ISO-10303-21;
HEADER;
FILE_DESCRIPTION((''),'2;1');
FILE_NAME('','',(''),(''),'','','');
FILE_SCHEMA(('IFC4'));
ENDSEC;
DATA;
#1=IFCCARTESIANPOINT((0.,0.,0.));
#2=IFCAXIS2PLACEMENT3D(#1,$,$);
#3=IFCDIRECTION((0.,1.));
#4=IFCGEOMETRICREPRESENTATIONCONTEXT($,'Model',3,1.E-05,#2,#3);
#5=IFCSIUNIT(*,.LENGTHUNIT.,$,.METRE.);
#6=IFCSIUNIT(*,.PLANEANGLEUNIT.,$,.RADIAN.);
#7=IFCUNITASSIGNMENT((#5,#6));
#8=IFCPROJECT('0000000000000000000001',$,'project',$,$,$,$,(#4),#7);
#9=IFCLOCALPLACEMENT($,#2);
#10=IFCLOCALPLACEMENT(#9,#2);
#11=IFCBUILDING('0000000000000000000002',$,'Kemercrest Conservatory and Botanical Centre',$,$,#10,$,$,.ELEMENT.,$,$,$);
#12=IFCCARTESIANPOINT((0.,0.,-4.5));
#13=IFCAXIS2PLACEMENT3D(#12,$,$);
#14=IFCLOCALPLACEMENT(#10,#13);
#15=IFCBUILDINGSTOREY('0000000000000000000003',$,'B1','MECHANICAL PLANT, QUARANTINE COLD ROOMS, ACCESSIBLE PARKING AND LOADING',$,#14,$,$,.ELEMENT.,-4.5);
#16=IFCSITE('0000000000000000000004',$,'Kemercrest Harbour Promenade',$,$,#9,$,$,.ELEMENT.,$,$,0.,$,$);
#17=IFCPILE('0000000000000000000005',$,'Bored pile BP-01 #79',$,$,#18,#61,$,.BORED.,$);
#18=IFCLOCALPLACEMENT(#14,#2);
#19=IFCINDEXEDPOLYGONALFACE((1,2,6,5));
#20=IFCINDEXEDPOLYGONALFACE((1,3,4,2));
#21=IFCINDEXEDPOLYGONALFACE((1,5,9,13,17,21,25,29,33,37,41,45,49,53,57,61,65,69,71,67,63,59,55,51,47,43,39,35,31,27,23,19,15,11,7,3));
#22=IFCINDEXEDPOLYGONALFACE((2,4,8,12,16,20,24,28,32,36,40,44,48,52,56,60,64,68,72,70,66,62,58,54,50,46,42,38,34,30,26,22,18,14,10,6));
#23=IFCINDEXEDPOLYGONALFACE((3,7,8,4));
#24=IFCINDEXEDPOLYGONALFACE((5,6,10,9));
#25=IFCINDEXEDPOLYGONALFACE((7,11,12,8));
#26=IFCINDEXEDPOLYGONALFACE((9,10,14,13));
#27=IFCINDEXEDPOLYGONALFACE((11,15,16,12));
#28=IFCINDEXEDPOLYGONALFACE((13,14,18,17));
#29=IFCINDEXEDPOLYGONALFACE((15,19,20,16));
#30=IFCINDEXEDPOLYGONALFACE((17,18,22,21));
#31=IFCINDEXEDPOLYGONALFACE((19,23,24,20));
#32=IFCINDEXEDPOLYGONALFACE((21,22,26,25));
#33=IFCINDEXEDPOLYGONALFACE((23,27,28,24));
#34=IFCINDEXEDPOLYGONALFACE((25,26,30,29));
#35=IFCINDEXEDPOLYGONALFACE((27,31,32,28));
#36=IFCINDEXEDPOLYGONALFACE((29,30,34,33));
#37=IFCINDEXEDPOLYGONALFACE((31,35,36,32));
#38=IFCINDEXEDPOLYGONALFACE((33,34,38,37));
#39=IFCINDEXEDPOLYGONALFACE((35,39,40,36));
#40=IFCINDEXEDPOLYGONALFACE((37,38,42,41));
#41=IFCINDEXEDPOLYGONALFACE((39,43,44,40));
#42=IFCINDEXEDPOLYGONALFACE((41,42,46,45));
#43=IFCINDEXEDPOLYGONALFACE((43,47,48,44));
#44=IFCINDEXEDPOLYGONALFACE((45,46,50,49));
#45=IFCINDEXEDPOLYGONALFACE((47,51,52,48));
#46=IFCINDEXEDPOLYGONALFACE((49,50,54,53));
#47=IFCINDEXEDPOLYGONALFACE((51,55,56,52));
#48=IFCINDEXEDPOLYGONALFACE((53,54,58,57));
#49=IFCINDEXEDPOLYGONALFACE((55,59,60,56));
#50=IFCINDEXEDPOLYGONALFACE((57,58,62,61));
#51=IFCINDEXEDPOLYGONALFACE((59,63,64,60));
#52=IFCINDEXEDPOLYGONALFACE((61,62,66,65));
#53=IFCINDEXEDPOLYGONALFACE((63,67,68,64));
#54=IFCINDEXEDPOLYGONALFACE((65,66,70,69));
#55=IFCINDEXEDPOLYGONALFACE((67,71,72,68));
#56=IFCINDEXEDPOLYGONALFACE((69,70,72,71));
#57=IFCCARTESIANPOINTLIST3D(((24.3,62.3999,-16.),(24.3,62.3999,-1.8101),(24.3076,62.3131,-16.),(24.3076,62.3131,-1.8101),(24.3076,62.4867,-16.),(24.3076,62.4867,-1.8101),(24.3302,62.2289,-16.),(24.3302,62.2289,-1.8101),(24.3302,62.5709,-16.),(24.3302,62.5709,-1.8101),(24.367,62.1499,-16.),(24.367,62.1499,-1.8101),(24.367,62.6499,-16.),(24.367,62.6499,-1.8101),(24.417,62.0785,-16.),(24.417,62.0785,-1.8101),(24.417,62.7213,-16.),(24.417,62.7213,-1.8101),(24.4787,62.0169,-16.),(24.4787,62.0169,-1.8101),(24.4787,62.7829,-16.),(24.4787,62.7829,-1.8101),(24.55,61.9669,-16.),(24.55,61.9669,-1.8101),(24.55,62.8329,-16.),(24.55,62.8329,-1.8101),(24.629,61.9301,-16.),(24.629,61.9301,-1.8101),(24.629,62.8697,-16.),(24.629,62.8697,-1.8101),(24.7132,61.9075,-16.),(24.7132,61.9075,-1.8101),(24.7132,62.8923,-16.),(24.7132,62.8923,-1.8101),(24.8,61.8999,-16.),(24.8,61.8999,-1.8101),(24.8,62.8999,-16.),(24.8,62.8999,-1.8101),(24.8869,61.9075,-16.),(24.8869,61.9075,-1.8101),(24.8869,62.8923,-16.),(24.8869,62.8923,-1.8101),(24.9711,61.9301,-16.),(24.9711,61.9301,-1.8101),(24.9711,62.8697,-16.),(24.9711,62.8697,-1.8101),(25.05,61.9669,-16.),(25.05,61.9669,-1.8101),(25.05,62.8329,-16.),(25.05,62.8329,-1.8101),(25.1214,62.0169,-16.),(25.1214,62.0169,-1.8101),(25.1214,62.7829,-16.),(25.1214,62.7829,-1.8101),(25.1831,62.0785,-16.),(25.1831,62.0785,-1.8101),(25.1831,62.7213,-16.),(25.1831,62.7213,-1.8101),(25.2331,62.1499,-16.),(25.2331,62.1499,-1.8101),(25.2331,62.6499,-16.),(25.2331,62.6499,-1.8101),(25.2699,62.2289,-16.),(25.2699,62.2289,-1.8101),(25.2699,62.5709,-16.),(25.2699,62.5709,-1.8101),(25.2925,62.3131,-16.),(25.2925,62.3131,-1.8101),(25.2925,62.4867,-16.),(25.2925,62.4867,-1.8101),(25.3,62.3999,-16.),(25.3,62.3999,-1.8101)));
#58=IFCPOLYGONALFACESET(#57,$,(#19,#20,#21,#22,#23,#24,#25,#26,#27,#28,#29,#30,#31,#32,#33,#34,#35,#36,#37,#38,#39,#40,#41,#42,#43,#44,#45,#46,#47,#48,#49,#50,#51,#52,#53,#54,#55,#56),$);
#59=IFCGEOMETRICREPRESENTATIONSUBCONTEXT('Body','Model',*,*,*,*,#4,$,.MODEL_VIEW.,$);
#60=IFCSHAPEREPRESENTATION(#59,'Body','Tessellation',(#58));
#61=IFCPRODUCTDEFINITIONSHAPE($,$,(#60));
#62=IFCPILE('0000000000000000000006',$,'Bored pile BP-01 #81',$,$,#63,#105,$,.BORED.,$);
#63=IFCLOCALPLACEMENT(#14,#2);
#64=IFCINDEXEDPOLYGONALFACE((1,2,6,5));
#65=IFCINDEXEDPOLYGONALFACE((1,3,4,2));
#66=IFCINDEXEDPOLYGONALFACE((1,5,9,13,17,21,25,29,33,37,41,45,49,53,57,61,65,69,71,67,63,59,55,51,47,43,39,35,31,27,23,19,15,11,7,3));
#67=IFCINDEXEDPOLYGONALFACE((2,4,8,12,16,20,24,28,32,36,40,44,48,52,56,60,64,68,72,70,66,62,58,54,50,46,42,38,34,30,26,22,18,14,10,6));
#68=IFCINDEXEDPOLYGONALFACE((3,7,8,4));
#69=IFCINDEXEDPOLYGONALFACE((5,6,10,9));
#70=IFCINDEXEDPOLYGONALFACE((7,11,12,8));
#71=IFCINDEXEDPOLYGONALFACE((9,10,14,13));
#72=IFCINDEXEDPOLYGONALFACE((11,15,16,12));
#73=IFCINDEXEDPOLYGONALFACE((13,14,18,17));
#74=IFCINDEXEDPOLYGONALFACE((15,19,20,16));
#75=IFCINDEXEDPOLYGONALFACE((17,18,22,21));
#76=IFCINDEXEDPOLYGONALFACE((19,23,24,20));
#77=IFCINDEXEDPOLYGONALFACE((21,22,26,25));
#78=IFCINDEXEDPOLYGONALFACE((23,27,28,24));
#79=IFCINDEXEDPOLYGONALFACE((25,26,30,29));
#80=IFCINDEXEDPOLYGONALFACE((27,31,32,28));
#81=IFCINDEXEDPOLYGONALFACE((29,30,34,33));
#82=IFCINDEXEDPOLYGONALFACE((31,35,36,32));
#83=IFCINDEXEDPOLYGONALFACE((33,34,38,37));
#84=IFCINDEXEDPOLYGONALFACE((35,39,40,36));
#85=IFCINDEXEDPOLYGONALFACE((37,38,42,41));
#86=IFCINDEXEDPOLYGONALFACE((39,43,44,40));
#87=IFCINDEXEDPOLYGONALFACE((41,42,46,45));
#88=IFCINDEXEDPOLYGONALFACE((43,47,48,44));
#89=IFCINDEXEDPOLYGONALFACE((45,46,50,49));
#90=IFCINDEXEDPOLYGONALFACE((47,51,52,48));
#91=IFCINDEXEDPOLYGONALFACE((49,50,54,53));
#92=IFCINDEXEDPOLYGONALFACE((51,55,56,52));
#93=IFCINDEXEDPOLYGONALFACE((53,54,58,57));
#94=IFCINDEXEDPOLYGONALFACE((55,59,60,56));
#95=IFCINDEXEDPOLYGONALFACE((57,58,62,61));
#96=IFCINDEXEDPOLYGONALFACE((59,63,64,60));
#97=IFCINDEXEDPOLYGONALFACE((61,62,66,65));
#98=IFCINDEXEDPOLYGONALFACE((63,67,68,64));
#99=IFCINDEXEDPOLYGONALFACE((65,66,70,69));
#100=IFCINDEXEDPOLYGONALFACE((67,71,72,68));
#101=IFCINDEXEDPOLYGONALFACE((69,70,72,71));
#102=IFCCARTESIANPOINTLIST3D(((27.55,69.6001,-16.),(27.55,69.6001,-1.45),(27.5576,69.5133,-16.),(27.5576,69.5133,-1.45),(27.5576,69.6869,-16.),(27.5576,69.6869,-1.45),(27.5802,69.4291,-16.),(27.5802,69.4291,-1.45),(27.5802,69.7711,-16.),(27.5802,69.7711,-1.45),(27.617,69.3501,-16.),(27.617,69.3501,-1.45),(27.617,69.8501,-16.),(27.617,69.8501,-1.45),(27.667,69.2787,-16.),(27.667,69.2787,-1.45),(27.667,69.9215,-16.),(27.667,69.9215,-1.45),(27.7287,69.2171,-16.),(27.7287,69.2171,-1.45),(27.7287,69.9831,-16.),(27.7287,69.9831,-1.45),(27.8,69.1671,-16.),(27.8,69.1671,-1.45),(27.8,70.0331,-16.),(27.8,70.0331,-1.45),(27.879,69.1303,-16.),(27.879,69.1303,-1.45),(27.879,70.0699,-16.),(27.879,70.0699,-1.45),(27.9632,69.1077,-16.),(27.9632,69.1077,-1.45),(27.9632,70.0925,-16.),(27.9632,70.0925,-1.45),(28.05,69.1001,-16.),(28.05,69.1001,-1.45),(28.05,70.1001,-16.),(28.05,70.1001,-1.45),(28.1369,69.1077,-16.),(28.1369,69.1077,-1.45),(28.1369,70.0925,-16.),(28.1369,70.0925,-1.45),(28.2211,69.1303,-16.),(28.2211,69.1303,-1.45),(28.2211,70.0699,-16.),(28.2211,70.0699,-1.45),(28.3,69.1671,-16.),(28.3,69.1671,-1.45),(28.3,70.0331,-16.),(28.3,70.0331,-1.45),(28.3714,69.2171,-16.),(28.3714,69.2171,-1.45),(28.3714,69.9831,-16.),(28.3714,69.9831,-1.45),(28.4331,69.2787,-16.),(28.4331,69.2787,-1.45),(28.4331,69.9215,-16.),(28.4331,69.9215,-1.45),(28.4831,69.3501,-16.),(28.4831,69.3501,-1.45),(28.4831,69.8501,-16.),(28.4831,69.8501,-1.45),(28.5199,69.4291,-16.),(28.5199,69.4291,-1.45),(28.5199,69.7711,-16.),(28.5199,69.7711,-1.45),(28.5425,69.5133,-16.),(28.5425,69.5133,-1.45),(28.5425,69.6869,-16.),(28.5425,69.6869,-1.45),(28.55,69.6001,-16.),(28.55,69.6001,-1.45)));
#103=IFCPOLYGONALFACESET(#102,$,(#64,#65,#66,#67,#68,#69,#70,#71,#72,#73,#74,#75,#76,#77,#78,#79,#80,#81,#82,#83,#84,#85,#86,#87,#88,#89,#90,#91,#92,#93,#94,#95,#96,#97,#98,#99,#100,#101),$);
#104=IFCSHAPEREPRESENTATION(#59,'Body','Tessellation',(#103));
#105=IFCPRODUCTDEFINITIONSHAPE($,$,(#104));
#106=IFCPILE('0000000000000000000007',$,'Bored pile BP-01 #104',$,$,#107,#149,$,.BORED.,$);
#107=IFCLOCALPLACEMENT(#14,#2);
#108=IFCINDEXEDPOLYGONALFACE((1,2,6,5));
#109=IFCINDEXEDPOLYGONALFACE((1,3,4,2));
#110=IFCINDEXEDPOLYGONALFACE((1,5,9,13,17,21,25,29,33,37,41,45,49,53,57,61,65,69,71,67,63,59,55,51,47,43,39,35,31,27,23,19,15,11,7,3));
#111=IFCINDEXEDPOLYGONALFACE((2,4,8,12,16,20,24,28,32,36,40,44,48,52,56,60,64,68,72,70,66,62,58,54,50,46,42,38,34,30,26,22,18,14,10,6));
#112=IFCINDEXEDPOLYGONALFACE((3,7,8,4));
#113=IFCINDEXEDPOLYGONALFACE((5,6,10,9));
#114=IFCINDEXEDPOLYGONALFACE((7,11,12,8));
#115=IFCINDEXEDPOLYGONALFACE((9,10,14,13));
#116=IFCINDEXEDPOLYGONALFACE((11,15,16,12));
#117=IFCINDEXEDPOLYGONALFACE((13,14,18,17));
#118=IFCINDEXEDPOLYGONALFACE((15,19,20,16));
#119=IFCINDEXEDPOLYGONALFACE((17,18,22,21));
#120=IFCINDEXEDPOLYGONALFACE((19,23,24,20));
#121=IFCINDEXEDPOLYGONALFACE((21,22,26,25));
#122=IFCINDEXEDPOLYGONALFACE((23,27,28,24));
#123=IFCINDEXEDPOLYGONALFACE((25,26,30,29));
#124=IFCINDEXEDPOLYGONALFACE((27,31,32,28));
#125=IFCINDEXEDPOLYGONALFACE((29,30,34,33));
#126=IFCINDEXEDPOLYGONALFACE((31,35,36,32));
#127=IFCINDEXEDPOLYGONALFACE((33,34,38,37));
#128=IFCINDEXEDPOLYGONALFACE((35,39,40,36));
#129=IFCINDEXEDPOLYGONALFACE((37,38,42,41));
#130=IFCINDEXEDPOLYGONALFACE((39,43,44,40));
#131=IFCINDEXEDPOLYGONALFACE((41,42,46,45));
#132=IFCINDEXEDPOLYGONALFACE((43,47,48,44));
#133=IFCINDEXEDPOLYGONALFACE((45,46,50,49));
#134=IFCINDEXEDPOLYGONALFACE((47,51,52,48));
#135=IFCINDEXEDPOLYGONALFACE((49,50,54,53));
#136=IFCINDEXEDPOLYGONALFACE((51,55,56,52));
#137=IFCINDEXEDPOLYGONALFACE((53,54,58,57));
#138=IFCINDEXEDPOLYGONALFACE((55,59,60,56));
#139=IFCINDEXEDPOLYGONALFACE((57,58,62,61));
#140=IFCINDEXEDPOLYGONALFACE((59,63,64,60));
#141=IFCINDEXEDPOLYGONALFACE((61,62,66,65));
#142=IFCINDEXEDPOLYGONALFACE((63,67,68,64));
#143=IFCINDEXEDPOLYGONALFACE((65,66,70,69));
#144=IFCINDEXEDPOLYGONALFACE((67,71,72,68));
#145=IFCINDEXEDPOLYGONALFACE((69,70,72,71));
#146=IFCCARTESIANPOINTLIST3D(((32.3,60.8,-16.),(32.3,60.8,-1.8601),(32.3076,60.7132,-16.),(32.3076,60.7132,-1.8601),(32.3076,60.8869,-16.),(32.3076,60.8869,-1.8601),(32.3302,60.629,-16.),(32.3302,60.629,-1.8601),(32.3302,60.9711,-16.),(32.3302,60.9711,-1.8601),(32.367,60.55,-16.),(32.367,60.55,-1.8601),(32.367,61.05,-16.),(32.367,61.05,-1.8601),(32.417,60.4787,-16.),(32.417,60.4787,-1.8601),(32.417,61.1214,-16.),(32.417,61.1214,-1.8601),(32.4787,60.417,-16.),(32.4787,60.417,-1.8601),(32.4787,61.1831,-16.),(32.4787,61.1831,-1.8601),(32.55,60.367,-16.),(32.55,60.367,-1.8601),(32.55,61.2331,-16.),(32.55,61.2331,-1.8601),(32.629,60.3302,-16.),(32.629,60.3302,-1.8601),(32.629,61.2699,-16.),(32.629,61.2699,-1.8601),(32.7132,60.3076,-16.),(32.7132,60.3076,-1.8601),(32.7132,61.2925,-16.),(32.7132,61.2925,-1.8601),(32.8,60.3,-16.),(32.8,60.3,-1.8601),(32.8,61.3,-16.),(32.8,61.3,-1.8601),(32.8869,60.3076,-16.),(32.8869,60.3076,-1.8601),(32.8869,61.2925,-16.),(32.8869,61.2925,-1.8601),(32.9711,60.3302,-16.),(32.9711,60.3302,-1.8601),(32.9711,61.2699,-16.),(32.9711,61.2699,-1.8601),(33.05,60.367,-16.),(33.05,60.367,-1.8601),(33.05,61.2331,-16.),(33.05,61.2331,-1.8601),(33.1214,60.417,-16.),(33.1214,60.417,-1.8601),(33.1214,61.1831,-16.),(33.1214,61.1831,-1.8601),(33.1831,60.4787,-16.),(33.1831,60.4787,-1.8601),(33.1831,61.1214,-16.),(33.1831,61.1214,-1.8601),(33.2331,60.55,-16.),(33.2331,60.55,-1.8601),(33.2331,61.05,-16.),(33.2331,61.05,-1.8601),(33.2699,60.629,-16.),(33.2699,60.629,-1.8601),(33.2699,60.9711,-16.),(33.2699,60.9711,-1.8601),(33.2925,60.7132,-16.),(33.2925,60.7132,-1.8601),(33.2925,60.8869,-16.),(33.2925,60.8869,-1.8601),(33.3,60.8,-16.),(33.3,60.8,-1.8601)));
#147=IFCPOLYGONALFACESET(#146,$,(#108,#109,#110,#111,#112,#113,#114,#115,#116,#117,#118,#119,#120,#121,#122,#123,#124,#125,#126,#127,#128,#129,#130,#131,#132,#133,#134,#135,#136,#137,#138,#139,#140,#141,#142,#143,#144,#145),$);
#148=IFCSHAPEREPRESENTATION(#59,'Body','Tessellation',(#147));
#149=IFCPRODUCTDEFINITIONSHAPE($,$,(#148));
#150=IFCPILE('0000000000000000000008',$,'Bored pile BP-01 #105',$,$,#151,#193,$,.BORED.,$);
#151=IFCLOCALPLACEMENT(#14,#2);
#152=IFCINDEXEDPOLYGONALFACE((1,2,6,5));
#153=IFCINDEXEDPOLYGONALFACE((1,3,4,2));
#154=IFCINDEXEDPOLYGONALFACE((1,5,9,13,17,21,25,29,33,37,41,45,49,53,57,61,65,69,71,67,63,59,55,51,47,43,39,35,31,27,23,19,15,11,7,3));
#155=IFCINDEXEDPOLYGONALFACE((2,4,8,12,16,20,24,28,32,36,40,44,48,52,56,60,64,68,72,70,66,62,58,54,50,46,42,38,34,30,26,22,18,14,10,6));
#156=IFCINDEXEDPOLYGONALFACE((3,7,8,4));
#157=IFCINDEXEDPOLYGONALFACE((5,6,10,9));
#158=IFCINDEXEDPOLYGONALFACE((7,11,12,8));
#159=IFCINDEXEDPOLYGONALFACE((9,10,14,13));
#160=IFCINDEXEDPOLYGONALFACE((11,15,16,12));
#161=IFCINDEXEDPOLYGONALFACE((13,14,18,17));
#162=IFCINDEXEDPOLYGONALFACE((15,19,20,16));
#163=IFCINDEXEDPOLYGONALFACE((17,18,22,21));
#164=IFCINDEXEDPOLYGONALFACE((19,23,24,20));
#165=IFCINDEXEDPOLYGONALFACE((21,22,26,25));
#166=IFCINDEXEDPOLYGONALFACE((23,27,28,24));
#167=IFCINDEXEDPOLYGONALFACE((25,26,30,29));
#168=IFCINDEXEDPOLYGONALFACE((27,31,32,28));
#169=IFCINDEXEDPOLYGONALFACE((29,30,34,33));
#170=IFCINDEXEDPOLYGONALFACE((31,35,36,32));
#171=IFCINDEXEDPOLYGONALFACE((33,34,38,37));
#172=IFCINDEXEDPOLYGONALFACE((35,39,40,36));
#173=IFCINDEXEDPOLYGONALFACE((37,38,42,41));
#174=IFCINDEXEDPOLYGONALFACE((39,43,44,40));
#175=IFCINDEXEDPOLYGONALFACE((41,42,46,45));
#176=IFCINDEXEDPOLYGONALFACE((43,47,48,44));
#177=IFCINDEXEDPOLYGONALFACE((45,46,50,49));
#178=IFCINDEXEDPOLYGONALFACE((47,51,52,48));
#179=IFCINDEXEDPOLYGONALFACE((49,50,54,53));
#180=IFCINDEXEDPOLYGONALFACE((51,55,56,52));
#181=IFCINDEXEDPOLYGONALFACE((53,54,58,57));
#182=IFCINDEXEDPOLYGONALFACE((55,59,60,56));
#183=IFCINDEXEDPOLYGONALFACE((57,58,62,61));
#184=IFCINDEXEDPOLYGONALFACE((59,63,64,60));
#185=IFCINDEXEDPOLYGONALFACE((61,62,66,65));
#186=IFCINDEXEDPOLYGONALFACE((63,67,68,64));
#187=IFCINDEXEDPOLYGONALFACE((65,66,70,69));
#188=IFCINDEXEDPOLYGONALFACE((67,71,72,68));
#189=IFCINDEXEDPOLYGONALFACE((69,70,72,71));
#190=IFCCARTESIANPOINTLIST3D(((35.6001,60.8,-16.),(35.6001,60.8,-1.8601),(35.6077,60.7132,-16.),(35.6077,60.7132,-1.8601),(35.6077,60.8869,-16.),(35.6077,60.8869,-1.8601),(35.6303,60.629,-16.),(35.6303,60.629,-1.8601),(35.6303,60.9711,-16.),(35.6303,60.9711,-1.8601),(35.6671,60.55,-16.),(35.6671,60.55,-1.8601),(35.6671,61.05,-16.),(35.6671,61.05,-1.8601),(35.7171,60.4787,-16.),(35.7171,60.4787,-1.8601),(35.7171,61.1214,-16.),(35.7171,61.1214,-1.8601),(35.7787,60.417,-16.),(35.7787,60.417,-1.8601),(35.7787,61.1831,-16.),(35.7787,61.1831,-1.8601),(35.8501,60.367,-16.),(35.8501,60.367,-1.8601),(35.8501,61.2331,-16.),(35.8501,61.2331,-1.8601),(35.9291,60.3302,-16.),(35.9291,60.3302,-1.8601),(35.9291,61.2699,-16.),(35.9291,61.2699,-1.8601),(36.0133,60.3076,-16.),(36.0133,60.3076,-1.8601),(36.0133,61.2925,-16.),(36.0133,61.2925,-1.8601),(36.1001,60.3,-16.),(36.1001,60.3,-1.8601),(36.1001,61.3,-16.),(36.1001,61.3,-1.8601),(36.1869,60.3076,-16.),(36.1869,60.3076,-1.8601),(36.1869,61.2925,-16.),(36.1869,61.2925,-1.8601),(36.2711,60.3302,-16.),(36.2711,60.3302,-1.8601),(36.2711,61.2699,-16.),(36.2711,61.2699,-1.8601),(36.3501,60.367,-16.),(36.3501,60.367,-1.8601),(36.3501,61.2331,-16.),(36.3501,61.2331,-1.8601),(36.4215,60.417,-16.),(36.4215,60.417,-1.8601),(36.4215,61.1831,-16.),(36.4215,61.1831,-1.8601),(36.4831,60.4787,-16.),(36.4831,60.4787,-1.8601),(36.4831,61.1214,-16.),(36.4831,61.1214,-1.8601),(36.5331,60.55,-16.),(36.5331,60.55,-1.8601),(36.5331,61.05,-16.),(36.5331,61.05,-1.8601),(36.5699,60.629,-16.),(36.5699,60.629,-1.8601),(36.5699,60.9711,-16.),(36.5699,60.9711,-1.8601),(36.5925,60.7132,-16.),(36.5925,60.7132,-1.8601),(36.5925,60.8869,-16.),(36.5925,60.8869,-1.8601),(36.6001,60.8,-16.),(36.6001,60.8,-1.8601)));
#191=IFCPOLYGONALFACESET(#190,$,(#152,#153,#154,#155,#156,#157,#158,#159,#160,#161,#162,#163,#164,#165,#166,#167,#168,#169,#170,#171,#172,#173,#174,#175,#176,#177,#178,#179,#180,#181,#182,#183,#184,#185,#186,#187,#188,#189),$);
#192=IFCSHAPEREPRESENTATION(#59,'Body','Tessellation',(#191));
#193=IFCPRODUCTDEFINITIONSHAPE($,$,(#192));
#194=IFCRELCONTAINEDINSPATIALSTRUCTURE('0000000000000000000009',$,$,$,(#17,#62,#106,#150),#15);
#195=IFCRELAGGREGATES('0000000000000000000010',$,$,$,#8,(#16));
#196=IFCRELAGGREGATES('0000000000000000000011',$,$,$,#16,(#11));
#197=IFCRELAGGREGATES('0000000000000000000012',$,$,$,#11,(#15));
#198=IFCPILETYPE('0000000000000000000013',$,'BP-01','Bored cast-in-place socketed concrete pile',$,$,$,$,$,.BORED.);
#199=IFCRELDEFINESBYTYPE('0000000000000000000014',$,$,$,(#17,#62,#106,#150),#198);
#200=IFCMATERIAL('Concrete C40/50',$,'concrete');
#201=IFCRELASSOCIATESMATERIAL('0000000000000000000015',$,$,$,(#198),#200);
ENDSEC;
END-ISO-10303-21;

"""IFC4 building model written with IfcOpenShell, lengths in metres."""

from ifc_helpers import new_model, si_unit, direction, frame, origin, origin_2d, place, context, subcontext, project, spatial, circle, extrude, material, material_profile, profile_set, type_object, element, save


model = new_model("IFC4")

# Units and contexts
model_context = context("Model", 3, precision=1e-05, world=origin(), true_north=direction((0.0, 1.0)))
body_context = subcontext(model_context, "Body", "Model", "MODEL_VIEW")
ifc_project = project(units=[si_unit("LENGTHUNIT", "METRE"), si_unit("PLANEANGLEUNIT", "RADIAN")], contexts=[model_context])

# Site, building, storey
site_placement = place(None, origin())
site = spatial("IfcSite", under=ifc_project, at=site_placement, Name="Kemercrest Harbour Promenade", CompositionType="ELEMENT", RefElevation=0.0)
building_placement = place(site_placement, origin())
building = spatial("IfcBuilding", under=site, at=building_placement, Name="Kemercrest Conservatory and Botanical Centre", CompositionType="ELEMENT")
storey_placement = place(building_placement, frame((0.0, 0.0, -4.5)))
storey = spatial("IfcBuildingStorey", under=building, at=storey_placement, Name="B1", Description="MECHANICAL PLANT, QUARANTINE COLD ROOMS, ACCESSIBLE PARKING AND LOADING", CompositionType="ELEMENT", Elevation=-4.5)

# Piles
ifc_material_1 = material(Name="Concrete C40/50", Category="concrete")
ifc_material_profile_1 = material_profile(ifc_material_1, circle(Radius=0.5, at=origin_2d()), Name="BORED PILE 1000")
ifc_profile_set_1 = profile_set([ifc_material_profile_1], Name="Concrete C40/50")
pile_type = type_object("IfcPileType", Name="BP-01", Description="Bored cast-in-place socketed concrete pile", PredefinedType="BORED", material=ifc_profile_set_1)
pile_1_placement = place(storey_placement, frame((24.8, 62.3999, -1.8101), z_axis=(0.0, 0.0, -1.0), x_axis=(1.0, 0.0, 0.0)))
element("IfcPile", 1, at=pile_1_placement, inside=storey, type_object=pile_type, Name="Bored pile BP-01 #79", PredefinedType="BORED", context=body_context, shape_type="SweptSolid", body=[
    extrude(circle(Radius=0.5, at=origin_2d()), origin(), (0.0, 0.0, 1.0), 14.1899),
])
pile_2_placement = place(storey_placement, frame((28.05, 69.6001, -1.45), z_axis=(0.0, 0.0, -1.0), x_axis=(1.0, 0.0, 0.0)))
element("IfcPile", 2, at=pile_2_placement, inside=storey, type_object=pile_type, Name="Bored pile BP-01 #81", PredefinedType="BORED", context=body_context, shape_type="SweptSolid", body=[
    extrude(circle(Radius=0.5, at=origin_2d()), origin(), (0.0, 0.0, 1.0), 14.55),
])
for number, where, z_axis, x_axis, name in (
    (3, (32.8, 60.8, -1.8601), (0.0, 0.0, -1.0), (1.0, 0.0, 0.0), "Bored pile BP-01 #104"),
    (4, (36.1001, 60.8, -1.8601), (0.0, 0.0, -1.0), (1.0, 0.0, 0.0), "Bored pile BP-01 #105"),
):
    element("IfcPile", number, at=place(storey_placement, frame(where, z_axis=z_axis, x_axis=x_axis)), inside=storey, type_object=pile_type, Name=name, PredefinedType="BORED", context=body_context, shape_type="SweptSolid", body=[
        extrude(circle(Radius=0.5, at=origin_2d()), origin(), (0.0, 0.0, 1.0), 14.1399),
    ])

save(model, "model.ifc")
